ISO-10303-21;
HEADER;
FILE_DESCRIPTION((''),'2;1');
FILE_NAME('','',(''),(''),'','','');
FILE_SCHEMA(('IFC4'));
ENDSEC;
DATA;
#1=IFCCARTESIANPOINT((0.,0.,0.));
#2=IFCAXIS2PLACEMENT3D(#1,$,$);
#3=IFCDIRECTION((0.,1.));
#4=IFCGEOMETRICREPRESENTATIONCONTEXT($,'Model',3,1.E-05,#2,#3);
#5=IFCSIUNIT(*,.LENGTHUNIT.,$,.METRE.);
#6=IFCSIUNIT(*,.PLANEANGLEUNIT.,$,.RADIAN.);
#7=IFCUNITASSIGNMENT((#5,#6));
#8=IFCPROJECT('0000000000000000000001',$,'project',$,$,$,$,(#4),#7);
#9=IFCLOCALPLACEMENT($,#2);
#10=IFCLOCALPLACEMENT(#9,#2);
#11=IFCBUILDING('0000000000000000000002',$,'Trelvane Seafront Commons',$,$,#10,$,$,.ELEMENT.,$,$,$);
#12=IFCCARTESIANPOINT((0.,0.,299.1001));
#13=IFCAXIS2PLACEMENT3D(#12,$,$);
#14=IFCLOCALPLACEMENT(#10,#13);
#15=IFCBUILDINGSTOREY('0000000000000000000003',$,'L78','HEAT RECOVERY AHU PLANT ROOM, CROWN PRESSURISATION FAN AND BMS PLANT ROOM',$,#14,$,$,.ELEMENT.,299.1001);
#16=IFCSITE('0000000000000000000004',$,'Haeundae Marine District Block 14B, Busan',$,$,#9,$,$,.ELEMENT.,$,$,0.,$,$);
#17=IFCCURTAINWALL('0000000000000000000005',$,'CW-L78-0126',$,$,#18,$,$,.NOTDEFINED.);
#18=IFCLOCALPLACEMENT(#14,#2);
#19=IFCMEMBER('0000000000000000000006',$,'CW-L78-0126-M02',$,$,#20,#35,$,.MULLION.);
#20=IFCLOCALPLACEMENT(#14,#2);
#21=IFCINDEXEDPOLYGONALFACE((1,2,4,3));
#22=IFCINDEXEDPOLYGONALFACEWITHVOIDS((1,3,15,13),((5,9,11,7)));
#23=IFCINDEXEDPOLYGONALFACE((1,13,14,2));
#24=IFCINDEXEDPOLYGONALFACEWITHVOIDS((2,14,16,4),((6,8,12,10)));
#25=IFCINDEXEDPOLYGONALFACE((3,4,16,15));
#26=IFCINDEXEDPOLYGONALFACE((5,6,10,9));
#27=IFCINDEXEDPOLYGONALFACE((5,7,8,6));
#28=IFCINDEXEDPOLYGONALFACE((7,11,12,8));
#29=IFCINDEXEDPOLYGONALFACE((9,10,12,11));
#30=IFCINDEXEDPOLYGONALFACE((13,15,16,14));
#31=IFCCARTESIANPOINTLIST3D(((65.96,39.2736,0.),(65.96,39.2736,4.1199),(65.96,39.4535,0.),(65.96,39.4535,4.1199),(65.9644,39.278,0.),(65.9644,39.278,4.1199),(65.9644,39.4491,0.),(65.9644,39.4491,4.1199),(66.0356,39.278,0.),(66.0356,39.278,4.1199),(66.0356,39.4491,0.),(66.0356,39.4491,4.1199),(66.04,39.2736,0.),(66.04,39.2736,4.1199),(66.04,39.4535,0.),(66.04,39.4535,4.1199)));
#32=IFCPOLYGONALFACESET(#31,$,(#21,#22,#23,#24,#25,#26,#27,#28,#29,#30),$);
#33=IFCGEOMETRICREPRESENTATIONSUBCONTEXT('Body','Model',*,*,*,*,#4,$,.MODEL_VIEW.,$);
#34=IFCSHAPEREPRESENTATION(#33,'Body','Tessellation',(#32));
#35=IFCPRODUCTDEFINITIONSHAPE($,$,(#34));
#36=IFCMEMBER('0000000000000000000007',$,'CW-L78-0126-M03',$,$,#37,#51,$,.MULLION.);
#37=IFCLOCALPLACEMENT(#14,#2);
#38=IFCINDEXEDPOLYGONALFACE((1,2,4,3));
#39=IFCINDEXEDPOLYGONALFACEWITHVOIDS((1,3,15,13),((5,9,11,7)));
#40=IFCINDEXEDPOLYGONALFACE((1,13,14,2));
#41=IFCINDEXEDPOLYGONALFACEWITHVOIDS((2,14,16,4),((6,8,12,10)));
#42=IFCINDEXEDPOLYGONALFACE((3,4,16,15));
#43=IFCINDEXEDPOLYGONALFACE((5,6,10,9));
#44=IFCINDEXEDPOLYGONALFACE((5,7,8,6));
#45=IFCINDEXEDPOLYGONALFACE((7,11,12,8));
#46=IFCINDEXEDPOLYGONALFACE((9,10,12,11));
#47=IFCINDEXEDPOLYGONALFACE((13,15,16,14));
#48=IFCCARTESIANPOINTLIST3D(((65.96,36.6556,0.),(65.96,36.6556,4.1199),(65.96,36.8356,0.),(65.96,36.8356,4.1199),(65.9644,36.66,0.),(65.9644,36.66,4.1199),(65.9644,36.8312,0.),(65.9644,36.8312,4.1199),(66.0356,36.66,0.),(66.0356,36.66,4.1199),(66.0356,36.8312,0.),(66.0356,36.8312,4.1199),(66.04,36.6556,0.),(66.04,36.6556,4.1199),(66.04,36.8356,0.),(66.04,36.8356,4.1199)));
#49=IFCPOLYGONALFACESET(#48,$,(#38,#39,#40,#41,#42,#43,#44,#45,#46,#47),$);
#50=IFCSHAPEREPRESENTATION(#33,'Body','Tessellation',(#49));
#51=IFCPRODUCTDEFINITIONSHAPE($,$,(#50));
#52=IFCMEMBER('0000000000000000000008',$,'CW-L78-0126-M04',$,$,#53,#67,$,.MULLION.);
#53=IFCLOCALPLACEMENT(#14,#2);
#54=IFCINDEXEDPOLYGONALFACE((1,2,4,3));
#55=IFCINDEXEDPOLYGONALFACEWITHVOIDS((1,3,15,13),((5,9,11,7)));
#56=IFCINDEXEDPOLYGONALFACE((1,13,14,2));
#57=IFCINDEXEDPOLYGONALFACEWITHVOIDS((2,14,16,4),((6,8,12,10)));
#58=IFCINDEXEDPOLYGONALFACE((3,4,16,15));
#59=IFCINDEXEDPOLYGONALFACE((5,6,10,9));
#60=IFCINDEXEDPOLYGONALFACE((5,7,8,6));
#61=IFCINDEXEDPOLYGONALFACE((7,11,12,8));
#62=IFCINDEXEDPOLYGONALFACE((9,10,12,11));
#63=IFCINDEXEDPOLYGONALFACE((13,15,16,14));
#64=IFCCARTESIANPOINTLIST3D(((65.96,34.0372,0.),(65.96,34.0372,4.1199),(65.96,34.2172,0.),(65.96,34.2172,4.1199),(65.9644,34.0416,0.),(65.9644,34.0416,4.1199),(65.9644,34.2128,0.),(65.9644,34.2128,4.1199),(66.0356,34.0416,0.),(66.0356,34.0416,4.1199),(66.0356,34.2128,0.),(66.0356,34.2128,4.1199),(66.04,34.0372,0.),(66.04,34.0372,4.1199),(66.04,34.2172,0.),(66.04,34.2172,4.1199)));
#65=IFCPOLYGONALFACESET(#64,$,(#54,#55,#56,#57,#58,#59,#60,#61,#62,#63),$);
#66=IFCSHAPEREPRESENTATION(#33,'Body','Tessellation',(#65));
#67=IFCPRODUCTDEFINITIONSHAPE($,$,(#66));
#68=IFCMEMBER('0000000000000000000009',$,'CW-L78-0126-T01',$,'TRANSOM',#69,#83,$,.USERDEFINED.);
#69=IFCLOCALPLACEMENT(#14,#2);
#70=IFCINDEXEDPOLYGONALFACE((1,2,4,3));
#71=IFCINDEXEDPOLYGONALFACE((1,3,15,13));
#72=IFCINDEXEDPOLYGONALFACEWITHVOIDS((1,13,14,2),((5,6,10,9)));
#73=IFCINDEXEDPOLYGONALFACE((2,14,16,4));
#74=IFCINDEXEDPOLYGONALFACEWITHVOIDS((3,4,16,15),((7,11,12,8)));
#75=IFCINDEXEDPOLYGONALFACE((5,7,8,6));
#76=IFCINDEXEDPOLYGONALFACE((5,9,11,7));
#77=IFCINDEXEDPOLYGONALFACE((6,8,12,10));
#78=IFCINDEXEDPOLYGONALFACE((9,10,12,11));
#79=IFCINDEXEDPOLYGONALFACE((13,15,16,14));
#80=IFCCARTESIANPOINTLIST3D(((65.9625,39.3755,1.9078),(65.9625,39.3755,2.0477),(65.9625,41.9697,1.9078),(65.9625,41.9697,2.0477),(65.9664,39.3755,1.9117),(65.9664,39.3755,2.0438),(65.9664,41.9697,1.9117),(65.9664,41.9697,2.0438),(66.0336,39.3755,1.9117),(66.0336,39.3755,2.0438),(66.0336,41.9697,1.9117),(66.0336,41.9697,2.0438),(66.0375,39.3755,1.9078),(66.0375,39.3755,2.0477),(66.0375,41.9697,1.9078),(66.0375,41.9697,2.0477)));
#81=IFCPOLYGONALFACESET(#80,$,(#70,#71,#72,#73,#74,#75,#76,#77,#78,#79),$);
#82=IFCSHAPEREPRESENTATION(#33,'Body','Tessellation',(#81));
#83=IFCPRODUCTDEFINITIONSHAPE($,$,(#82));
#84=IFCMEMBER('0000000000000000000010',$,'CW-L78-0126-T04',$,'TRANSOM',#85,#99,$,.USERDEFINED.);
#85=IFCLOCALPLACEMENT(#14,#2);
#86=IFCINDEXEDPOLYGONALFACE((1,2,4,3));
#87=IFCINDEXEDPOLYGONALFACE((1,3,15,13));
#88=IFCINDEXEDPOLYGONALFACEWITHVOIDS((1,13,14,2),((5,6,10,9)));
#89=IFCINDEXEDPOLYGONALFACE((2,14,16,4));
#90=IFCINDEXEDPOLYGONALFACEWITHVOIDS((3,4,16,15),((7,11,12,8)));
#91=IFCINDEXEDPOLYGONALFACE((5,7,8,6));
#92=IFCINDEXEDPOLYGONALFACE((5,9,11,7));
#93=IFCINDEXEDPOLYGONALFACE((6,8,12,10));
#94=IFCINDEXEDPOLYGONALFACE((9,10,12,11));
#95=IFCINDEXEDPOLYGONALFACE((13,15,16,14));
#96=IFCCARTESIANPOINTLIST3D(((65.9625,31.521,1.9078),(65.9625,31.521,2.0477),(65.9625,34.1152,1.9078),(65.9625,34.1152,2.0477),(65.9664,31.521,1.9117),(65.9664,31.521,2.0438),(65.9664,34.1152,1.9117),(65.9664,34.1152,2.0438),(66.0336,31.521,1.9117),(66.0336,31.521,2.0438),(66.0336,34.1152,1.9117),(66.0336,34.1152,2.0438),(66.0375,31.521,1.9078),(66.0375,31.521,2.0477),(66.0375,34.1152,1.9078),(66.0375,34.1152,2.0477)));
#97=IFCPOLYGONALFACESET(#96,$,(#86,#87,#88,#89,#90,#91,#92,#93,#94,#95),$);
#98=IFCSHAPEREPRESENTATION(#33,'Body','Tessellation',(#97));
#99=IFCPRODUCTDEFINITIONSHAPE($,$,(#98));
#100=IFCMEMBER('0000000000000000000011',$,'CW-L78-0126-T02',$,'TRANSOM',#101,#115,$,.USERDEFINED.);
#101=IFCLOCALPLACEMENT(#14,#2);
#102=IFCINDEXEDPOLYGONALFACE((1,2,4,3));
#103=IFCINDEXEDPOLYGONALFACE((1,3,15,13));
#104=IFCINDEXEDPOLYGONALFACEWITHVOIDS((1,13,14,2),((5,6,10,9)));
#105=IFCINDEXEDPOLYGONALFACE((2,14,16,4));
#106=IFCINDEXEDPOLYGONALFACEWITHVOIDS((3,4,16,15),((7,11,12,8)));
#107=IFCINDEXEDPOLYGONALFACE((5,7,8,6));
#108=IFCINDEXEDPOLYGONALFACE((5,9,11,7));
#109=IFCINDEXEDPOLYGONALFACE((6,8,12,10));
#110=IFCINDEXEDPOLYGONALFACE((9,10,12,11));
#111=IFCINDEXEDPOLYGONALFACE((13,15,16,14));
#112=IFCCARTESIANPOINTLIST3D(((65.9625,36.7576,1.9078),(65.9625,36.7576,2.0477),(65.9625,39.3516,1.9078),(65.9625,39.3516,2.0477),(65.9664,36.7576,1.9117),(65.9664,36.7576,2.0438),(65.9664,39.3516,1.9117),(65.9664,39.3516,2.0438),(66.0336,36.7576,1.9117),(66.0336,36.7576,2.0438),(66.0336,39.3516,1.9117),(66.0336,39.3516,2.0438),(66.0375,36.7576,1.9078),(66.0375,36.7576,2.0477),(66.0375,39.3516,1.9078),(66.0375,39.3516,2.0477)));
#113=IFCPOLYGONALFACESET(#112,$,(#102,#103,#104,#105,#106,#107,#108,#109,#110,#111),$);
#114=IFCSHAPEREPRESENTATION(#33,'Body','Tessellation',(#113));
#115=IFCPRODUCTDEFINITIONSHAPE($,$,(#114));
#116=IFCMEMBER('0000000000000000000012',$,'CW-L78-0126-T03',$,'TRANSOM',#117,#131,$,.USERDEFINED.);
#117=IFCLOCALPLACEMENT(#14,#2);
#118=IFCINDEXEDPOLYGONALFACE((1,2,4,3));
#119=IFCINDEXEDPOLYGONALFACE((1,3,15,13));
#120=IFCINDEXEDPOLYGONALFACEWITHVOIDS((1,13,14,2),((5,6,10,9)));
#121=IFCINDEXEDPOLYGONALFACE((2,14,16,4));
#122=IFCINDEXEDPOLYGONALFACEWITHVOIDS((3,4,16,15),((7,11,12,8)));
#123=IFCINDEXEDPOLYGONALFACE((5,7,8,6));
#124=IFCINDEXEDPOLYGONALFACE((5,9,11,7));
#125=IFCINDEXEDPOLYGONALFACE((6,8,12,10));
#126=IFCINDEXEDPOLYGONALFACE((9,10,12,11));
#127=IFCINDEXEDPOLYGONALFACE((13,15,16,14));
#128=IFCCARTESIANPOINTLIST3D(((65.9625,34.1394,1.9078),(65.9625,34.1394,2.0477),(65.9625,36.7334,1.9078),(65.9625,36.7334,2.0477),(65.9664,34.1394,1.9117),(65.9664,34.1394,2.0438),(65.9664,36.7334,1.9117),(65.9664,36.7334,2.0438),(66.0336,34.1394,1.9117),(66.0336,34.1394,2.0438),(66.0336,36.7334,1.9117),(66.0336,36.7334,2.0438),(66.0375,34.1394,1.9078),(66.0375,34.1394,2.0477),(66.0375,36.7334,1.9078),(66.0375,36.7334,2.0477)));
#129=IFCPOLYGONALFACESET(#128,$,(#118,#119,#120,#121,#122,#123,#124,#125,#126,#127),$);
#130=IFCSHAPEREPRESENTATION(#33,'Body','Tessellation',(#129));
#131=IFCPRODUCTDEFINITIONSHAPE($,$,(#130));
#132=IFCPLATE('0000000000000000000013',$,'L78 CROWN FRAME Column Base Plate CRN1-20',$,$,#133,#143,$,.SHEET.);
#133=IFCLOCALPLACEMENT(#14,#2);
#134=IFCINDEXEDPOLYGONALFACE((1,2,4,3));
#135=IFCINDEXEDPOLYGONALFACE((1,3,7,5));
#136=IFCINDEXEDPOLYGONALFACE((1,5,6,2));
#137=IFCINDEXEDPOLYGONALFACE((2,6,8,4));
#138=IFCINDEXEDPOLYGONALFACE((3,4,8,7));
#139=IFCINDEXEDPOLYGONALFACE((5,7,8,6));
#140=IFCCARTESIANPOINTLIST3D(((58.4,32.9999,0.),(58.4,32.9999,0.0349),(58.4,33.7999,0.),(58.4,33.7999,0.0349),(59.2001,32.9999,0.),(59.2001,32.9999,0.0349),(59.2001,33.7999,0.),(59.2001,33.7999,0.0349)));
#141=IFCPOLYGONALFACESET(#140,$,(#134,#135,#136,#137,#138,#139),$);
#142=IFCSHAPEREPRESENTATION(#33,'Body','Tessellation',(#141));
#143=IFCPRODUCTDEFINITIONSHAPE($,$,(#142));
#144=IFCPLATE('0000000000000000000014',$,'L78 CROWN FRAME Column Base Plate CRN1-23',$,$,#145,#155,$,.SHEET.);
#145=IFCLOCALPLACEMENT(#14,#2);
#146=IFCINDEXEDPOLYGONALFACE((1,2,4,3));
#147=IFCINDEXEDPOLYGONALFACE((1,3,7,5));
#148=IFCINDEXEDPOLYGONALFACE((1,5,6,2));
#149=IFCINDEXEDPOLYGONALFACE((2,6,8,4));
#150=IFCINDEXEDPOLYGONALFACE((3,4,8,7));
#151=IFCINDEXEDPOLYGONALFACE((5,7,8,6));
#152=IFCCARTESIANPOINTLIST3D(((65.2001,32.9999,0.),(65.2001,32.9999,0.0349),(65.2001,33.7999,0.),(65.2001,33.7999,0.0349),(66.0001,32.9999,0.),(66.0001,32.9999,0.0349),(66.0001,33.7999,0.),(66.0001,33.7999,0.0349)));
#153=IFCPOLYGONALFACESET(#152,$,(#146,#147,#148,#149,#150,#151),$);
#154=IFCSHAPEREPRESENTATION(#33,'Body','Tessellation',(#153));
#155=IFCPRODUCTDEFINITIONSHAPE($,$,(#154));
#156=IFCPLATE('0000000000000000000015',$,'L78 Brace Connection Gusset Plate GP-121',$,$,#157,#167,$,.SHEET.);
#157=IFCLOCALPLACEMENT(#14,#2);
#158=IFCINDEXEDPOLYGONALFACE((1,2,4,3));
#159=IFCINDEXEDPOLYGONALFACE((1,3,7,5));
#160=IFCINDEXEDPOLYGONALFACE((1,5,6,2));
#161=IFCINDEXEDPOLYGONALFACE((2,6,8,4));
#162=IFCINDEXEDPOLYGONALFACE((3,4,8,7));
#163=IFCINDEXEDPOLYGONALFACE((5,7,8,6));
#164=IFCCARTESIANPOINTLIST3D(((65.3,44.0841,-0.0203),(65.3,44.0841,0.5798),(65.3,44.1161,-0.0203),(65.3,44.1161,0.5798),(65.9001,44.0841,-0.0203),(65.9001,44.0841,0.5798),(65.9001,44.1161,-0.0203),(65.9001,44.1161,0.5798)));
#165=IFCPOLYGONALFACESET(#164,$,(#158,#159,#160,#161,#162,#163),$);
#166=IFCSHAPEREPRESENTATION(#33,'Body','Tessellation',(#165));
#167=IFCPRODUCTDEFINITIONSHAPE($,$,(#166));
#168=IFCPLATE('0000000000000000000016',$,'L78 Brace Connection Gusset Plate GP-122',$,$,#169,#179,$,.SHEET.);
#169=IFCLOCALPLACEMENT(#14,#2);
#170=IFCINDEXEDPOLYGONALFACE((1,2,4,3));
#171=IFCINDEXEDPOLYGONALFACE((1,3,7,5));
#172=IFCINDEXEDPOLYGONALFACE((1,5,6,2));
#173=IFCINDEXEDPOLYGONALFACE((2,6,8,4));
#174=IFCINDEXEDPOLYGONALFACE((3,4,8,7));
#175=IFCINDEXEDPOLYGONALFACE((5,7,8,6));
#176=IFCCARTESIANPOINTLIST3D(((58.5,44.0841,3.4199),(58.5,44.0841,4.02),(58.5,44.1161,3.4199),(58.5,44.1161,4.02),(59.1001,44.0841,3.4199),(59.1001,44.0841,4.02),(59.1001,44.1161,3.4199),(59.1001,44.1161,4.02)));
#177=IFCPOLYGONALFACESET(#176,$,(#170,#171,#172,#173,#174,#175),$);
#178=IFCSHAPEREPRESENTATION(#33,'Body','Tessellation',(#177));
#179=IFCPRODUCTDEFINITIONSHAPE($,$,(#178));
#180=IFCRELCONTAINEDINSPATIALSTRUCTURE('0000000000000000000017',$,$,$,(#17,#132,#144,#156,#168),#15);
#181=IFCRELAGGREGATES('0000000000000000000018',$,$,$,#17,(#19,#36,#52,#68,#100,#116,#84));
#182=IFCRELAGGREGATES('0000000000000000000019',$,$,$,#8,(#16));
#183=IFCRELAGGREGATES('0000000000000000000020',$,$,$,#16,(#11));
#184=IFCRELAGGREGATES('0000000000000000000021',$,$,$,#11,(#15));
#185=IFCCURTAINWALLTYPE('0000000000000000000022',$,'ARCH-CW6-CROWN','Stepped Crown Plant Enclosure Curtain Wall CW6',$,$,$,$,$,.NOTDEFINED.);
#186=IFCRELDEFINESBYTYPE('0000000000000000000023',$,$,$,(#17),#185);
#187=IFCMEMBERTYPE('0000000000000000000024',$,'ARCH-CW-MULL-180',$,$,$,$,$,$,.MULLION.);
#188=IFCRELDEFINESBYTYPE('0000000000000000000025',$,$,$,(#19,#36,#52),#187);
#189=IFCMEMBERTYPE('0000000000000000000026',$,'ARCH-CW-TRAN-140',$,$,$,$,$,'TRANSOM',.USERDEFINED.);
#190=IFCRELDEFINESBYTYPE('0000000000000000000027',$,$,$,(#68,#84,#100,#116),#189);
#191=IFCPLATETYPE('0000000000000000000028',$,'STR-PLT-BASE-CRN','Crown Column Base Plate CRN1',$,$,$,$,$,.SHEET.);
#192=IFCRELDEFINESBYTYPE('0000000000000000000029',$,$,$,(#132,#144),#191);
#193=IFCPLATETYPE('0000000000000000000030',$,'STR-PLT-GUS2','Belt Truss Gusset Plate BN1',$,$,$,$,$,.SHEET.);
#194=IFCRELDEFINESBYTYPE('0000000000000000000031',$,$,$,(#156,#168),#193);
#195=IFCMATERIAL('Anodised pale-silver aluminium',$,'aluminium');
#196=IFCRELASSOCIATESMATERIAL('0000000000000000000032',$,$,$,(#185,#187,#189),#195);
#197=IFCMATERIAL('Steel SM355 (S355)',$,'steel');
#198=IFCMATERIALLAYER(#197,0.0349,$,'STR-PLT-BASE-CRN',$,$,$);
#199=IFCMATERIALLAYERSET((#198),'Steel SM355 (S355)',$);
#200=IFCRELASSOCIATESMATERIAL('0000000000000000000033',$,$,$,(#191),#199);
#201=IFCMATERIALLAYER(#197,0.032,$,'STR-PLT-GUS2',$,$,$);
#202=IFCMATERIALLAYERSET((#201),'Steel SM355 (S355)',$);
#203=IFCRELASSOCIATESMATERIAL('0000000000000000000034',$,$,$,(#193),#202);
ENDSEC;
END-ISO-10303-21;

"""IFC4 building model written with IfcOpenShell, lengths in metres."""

from ifc_helpers import new_model, si_unit, direction, frame, origin, origin_2d, place, context, subcontext, project, spatial, rectangle, hollow_rectangle, extrude, source, transform, mapped, material, layer, layer_set, material_profile, profile_set, type_object, element, aggregate, save


model = new_model("IFC4")

# Units and contexts
model_context = context("Model", 3, precision=1e-05, world=origin(), true_north=direction((0.0, 1.0)))
body_context = subcontext(model_context, "Body", "Model", "MODEL_VIEW")
ifc_project = project(units=[si_unit("LENGTHUNIT", "METRE"), si_unit("PLANEANGLEUNIT", "RADIAN")], contexts=[model_context])

# Site, building, storey
site_placement = place(None, origin())
site = spatial("IfcSite", under=ifc_project, at=site_placement, Name="Haeundae Marine District Block 14B, Busan", CompositionType="ELEMENT", RefElevation=0.0)
building_placement = place(site_placement, origin())
building = spatial("IfcBuilding", under=site, at=building_placement, Name="Trelvane Seafront Commons", CompositionType="ELEMENT")
storey_placement = place(building_placement, frame((0.0, 0.0, 299.1001)))
storey = spatial("IfcBuildingStorey", under=building, at=storey_placement, Name="L78", Description="HEAT RECOVERY AHU PLANT ROOM, CROWN PRESSURISATION FAN AND BMS PLANT ROOM", CompositionType="ELEMENT", Elevation=299.1001)

# Shared definitions
ifc_material_1 = material(Name="Steel SM355 (S355)", Category="steel")

# Curtain wall, members
ifc_material_2 = material(Name="Anodised pale-silver aluminium", Category="aluminium")
curtain_wall_type = type_object("IfcCurtainWallType", Name="ARCH-CW6-CROWN", Description="Stepped Crown Plant Enclosure Curtain Wall CW6", PredefinedType="NOTDEFINED", material=ifc_material_2)
curtain_wall_placement = place(storey_placement, origin())
curtain_wall = element("IfcCurtainWall", 1, at=curtain_wall_placement, inside=storey, type_object=curtain_wall_type, Name="CW-L78-0126", PredefinedType="NOTDEFINED")
ifc_material_profile_1 = material_profile(ifc_material_2, hollow_rectangle(XDim=0.0801, YDim=0.1799, WallThickness=0.0044, at=origin_2d()), Name="MULL-80x180x4.5")
ifc_profile_set_1 = profile_set([ifc_material_profile_1], Name="Anodised pale-silver aluminium")
member_type_1 = type_object("IfcMemberType", Name="ARCH-CW-MULL-180", PredefinedType="MULLION", material=ifc_profile_set_1)
shared_shape_1 = source(origin(), body_context, "Body", "SweptSolid", [
    extrude(hollow_rectangle(XDim=0.0801, YDim=0.1799, WallThickness=0.0044, at=origin_2d()), origin(), (0.0, 0.0, 1.0), 4.1199),
])
member_1_placement = place(storey_placement, frame((66.0, 39.3635, 0.0), z_axis=(0.0, 0.0, 1.0), x_axis=(1.0, 0.0, 0.0)))
member_1 = element("IfcMember", 2, at=member_1_placement, type_object=member_type_1, Name="CW-L78-0126-M02", PredefinedType="MULLION", context=body_context, shape_type="MappedRepresentation", body=[
    mapped(shared_shape_1, transform((0.0, 0.0, 0.0), x_axis=(1.0, 0.0, 0.0), y_axis=(0.0, 1.0, 0.0), z_axis=(0.0, 0.0, 1.0), scale=1.0)),
])
member_2_placement = place(storey_placement, frame((66.0, 36.7456, 0.0), z_axis=(0.0, 0.0, 1.0), x_axis=(1.0, 0.0, 0.0)))
member_2 = element("IfcMember", 3, at=member_2_placement, type_object=member_type_1, Name="CW-L78-0126-M03", PredefinedType="MULLION", context=body_context, shape_type="MappedRepresentation", body=[
    mapped(shared_shape_1, transform((0.0, 0.0, 0.0), x_axis=(1.0, 0.0, 0.0), y_axis=(0.0, 1.0, 0.0), z_axis=(0.0, 0.0, 1.0), scale=1.0)),
])
member_3_placement = place(storey_placement, frame((66.0, 34.1272, 0.0), z_axis=(0.0, 0.0, 1.0), x_axis=(1.0, 0.0, 0.0)))
member_3 = element("IfcMember", 4, at=member_3_placement, type_object=member_type_1, Name="CW-L78-0126-M04", PredefinedType="MULLION", context=body_context, shape_type="MappedRepresentation", body=[
    mapped(shared_shape_1, transform((0.0, 0.0, 0.0), x_axis=(1.0, 0.0, 0.0), y_axis=(0.0, 1.0, 0.0), z_axis=(0.0, 0.0, 1.0), scale=1.0)),
])
ifc_material_profile_2 = material_profile(ifc_material_2, hollow_rectangle(XDim=0.075, YDim=0.1399, WallThickness=0.0039, at=origin_2d()), Name="TRAN-75x140x4")
ifc_profile_set_2 = profile_set([ifc_material_profile_2], Name="Anodised pale-silver aluminium")
member_type_2 = type_object("IfcMemberType", Name="ARCH-CW-TRAN-140", ElementType="TRANSOM", PredefinedType="USERDEFINED", material=ifc_profile_set_2)
shared_shape_2 = source(origin(), body_context, "Body", "SweptSolid", [
    extrude(hollow_rectangle(XDim=0.075, YDim=0.1399, WallThickness=0.0039, at=origin_2d()), origin(), (0.0, 0.0, 1.0), 2.5942),
])
member_4_placement = place(storey_placement, frame((66.0, 41.9697, 1.9778), z_axis=(0.0, -1.0, 0.0), x_axis=(1.0, 0.0, 0.0)))
member_4 = element("IfcMember", 5, at=member_4_placement, type_object=member_type_2, Name="CW-L78-0126-T01", ObjectType="TRANSOM", PredefinedType="USERDEFINED", context=body_context, shape_type="MappedRepresentation", body=[
    mapped(shared_shape_2, transform((0.0, 0.0, 0.0), x_axis=(1.0, 0.0, 0.0), y_axis=(0.0, 1.0, 0.0), z_axis=(0.0, 0.0, 1.0), scale=1.0)),
])
member_5_placement = place(storey_placement, frame((66.0, 34.1152, 1.9778), z_axis=(0.0, -1.0, 0.0), x_axis=(1.0, 0.0, 0.0)))
member_5 = element("IfcMember", 6, at=member_5_placement, type_object=member_type_2, Name="CW-L78-0126-T04", ObjectType="TRANSOM", PredefinedType="USERDEFINED", context=body_context, shape_type="MappedRepresentation", body=[
    mapped(shared_shape_2, transform((0.0, 0.0, 0.0), x_axis=(1.0, 0.0, 0.0), y_axis=(0.0, 1.0, 0.0), z_axis=(0.0, 0.0, 1.0), scale=1.0)),
])
shared_shape_3 = source(origin(), body_context, "Body", "SweptSolid", [
    extrude(hollow_rectangle(XDim=0.075, YDim=0.1399, WallThickness=0.0039, at=origin_2d()), origin(), (0.0, 0.0, 1.0), 2.594),
])
member_6_placement = place(storey_placement, frame((66.0, 39.3516, 1.9778), z_axis=(0.0, -1.0, 0.0), x_axis=(1.0, 0.0, 0.0)))
member_6 = element("IfcMember", 7, at=member_6_placement, type_object=member_type_2, Name="CW-L78-0126-T02", ObjectType="TRANSOM", PredefinedType="USERDEFINED", context=body_context, shape_type="MappedRepresentation", body=[
    mapped(shared_shape_3, transform((0.0, 0.0, 0.0), x_axis=(1.0, 0.0, 0.0), y_axis=(0.0, 1.0, 0.0), z_axis=(0.0, 0.0, 1.0), scale=1.0)),
])
member_7_placement = place(storey_placement, frame((66.0, 36.7334, 1.9778), z_axis=(0.0, -1.0, 0.0), x_axis=(1.0, 0.0, 0.0)))
member_7 = element("IfcMember", 8, at=member_7_placement, type_object=member_type_2, Name="CW-L78-0126-T03", ObjectType="TRANSOM", PredefinedType="USERDEFINED", context=body_context, shape_type="MappedRepresentation", body=[
    mapped(shared_shape_3, transform((0.0, 0.0, 0.0), x_axis=(1.0, 0.0, 0.0), y_axis=(0.0, 1.0, 0.0), z_axis=(0.0, 0.0, 1.0), scale=1.0)),
])

# Plates
ifc_layer_1 = layer(ifc_material_1, 0.0349, Name="STR-PLT-BASE-CRN")
ifc_layer_set_1 = layer_set([ifc_layer_1], Name="Steel SM355 (S355)")
plate_type_1 = type_object("IfcPlateType", Name="STR-PLT-BASE-CRN", Description="Crown Column Base Plate CRN1", PredefinedType="SHEET", material=ifc_layer_set_1)
shared_shape_4 = source(origin(), body_context, "Body", "SweptSolid", [
    extrude(rectangle(XDim=0.8, YDim=0.8, at=origin_2d()), origin(), (0.0, 0.0, 1.0), 0.0349),
])
for number, where, z_axis, x_axis, name in (
    (9, (58.8, 33.3999, 0.0), (0.0, 0.0, 1.0), (1.0, 0.0, 0.0), "L78 CROWN FRAME Column Base Plate CRN1-20"),
    (10, (65.6001, 33.3999, 0.0), (0.0, 0.0, 1.0), (1.0, 0.0, 0.0), "L78 CROWN FRAME Column Base Plate CRN1-23"),
):
    element("IfcPlate", number, at=place(storey_placement, frame(where, z_axis=z_axis, x_axis=x_axis)), inside=storey, type_object=plate_type_1, Name=name, PredefinedType="SHEET", context=body_context, shape_type="MappedRepresentation", body=[
        mapped(shared_shape_4, transform((0.0, 0.0, 0.0), x_axis=(1.0, 0.0, 0.0), y_axis=(0.0, 1.0, 0.0), z_axis=(0.0, 0.0, 1.0), scale=1.0)),
    ])
ifc_layer_2 = layer(ifc_material_1, 0.032, Name="STR-PLT-GUS2")
ifc_layer_set_2 = layer_set([ifc_layer_2], Name="Steel SM355 (S355)")
plate_type_2 = type_object("IfcPlateType", Name="STR-PLT-GUS2", Description="Belt Truss Gusset Plate BN1", PredefinedType="SHEET", material=ifc_layer_set_2)
shared_shape_5 = source(origin(), body_context, "Body", "SweptSolid", [
    extrude(rectangle(XDim=0.6001, YDim=0.032, at=origin_2d()), origin(), (0.0, 0.0, 1.0), 0.6001),
])
for number, where, z_axis, x_axis, name in (
    (11, (65.6001, 44.1001, -0.0203), (0.0, 0.0, 1.0), (1.0, 0.0, 0.0), "L78 Brace Connection Gusset Plate GP-121"),
    (12, (58.8, 44.1001, 3.4199), (0.0, 0.0, 1.0), (1.0, 0.0, 0.0), "L78 Brace Connection Gusset Plate GP-122"),
):
    element("IfcPlate", number, at=place(storey_placement, frame(where, z_axis=z_axis, x_axis=x_axis)), inside=storey, type_object=plate_type_2, Name=name, PredefinedType="SHEET", context=body_context, shape_type="MappedRepresentation", body=[
        mapped(shared_shape_5, transform((0.0, 0.0, 0.0), x_axis=(1.0, 0.0, 0.0), y_axis=(0.0, 1.0, 0.0), z_axis=(0.0, 0.0, 1.0), scale=1.0)),
    ])

aggregate(curtain_wall, [member_1, member_2, member_3, member_4, member_6, member_7, member_5])

save(model, "model.ifc")
